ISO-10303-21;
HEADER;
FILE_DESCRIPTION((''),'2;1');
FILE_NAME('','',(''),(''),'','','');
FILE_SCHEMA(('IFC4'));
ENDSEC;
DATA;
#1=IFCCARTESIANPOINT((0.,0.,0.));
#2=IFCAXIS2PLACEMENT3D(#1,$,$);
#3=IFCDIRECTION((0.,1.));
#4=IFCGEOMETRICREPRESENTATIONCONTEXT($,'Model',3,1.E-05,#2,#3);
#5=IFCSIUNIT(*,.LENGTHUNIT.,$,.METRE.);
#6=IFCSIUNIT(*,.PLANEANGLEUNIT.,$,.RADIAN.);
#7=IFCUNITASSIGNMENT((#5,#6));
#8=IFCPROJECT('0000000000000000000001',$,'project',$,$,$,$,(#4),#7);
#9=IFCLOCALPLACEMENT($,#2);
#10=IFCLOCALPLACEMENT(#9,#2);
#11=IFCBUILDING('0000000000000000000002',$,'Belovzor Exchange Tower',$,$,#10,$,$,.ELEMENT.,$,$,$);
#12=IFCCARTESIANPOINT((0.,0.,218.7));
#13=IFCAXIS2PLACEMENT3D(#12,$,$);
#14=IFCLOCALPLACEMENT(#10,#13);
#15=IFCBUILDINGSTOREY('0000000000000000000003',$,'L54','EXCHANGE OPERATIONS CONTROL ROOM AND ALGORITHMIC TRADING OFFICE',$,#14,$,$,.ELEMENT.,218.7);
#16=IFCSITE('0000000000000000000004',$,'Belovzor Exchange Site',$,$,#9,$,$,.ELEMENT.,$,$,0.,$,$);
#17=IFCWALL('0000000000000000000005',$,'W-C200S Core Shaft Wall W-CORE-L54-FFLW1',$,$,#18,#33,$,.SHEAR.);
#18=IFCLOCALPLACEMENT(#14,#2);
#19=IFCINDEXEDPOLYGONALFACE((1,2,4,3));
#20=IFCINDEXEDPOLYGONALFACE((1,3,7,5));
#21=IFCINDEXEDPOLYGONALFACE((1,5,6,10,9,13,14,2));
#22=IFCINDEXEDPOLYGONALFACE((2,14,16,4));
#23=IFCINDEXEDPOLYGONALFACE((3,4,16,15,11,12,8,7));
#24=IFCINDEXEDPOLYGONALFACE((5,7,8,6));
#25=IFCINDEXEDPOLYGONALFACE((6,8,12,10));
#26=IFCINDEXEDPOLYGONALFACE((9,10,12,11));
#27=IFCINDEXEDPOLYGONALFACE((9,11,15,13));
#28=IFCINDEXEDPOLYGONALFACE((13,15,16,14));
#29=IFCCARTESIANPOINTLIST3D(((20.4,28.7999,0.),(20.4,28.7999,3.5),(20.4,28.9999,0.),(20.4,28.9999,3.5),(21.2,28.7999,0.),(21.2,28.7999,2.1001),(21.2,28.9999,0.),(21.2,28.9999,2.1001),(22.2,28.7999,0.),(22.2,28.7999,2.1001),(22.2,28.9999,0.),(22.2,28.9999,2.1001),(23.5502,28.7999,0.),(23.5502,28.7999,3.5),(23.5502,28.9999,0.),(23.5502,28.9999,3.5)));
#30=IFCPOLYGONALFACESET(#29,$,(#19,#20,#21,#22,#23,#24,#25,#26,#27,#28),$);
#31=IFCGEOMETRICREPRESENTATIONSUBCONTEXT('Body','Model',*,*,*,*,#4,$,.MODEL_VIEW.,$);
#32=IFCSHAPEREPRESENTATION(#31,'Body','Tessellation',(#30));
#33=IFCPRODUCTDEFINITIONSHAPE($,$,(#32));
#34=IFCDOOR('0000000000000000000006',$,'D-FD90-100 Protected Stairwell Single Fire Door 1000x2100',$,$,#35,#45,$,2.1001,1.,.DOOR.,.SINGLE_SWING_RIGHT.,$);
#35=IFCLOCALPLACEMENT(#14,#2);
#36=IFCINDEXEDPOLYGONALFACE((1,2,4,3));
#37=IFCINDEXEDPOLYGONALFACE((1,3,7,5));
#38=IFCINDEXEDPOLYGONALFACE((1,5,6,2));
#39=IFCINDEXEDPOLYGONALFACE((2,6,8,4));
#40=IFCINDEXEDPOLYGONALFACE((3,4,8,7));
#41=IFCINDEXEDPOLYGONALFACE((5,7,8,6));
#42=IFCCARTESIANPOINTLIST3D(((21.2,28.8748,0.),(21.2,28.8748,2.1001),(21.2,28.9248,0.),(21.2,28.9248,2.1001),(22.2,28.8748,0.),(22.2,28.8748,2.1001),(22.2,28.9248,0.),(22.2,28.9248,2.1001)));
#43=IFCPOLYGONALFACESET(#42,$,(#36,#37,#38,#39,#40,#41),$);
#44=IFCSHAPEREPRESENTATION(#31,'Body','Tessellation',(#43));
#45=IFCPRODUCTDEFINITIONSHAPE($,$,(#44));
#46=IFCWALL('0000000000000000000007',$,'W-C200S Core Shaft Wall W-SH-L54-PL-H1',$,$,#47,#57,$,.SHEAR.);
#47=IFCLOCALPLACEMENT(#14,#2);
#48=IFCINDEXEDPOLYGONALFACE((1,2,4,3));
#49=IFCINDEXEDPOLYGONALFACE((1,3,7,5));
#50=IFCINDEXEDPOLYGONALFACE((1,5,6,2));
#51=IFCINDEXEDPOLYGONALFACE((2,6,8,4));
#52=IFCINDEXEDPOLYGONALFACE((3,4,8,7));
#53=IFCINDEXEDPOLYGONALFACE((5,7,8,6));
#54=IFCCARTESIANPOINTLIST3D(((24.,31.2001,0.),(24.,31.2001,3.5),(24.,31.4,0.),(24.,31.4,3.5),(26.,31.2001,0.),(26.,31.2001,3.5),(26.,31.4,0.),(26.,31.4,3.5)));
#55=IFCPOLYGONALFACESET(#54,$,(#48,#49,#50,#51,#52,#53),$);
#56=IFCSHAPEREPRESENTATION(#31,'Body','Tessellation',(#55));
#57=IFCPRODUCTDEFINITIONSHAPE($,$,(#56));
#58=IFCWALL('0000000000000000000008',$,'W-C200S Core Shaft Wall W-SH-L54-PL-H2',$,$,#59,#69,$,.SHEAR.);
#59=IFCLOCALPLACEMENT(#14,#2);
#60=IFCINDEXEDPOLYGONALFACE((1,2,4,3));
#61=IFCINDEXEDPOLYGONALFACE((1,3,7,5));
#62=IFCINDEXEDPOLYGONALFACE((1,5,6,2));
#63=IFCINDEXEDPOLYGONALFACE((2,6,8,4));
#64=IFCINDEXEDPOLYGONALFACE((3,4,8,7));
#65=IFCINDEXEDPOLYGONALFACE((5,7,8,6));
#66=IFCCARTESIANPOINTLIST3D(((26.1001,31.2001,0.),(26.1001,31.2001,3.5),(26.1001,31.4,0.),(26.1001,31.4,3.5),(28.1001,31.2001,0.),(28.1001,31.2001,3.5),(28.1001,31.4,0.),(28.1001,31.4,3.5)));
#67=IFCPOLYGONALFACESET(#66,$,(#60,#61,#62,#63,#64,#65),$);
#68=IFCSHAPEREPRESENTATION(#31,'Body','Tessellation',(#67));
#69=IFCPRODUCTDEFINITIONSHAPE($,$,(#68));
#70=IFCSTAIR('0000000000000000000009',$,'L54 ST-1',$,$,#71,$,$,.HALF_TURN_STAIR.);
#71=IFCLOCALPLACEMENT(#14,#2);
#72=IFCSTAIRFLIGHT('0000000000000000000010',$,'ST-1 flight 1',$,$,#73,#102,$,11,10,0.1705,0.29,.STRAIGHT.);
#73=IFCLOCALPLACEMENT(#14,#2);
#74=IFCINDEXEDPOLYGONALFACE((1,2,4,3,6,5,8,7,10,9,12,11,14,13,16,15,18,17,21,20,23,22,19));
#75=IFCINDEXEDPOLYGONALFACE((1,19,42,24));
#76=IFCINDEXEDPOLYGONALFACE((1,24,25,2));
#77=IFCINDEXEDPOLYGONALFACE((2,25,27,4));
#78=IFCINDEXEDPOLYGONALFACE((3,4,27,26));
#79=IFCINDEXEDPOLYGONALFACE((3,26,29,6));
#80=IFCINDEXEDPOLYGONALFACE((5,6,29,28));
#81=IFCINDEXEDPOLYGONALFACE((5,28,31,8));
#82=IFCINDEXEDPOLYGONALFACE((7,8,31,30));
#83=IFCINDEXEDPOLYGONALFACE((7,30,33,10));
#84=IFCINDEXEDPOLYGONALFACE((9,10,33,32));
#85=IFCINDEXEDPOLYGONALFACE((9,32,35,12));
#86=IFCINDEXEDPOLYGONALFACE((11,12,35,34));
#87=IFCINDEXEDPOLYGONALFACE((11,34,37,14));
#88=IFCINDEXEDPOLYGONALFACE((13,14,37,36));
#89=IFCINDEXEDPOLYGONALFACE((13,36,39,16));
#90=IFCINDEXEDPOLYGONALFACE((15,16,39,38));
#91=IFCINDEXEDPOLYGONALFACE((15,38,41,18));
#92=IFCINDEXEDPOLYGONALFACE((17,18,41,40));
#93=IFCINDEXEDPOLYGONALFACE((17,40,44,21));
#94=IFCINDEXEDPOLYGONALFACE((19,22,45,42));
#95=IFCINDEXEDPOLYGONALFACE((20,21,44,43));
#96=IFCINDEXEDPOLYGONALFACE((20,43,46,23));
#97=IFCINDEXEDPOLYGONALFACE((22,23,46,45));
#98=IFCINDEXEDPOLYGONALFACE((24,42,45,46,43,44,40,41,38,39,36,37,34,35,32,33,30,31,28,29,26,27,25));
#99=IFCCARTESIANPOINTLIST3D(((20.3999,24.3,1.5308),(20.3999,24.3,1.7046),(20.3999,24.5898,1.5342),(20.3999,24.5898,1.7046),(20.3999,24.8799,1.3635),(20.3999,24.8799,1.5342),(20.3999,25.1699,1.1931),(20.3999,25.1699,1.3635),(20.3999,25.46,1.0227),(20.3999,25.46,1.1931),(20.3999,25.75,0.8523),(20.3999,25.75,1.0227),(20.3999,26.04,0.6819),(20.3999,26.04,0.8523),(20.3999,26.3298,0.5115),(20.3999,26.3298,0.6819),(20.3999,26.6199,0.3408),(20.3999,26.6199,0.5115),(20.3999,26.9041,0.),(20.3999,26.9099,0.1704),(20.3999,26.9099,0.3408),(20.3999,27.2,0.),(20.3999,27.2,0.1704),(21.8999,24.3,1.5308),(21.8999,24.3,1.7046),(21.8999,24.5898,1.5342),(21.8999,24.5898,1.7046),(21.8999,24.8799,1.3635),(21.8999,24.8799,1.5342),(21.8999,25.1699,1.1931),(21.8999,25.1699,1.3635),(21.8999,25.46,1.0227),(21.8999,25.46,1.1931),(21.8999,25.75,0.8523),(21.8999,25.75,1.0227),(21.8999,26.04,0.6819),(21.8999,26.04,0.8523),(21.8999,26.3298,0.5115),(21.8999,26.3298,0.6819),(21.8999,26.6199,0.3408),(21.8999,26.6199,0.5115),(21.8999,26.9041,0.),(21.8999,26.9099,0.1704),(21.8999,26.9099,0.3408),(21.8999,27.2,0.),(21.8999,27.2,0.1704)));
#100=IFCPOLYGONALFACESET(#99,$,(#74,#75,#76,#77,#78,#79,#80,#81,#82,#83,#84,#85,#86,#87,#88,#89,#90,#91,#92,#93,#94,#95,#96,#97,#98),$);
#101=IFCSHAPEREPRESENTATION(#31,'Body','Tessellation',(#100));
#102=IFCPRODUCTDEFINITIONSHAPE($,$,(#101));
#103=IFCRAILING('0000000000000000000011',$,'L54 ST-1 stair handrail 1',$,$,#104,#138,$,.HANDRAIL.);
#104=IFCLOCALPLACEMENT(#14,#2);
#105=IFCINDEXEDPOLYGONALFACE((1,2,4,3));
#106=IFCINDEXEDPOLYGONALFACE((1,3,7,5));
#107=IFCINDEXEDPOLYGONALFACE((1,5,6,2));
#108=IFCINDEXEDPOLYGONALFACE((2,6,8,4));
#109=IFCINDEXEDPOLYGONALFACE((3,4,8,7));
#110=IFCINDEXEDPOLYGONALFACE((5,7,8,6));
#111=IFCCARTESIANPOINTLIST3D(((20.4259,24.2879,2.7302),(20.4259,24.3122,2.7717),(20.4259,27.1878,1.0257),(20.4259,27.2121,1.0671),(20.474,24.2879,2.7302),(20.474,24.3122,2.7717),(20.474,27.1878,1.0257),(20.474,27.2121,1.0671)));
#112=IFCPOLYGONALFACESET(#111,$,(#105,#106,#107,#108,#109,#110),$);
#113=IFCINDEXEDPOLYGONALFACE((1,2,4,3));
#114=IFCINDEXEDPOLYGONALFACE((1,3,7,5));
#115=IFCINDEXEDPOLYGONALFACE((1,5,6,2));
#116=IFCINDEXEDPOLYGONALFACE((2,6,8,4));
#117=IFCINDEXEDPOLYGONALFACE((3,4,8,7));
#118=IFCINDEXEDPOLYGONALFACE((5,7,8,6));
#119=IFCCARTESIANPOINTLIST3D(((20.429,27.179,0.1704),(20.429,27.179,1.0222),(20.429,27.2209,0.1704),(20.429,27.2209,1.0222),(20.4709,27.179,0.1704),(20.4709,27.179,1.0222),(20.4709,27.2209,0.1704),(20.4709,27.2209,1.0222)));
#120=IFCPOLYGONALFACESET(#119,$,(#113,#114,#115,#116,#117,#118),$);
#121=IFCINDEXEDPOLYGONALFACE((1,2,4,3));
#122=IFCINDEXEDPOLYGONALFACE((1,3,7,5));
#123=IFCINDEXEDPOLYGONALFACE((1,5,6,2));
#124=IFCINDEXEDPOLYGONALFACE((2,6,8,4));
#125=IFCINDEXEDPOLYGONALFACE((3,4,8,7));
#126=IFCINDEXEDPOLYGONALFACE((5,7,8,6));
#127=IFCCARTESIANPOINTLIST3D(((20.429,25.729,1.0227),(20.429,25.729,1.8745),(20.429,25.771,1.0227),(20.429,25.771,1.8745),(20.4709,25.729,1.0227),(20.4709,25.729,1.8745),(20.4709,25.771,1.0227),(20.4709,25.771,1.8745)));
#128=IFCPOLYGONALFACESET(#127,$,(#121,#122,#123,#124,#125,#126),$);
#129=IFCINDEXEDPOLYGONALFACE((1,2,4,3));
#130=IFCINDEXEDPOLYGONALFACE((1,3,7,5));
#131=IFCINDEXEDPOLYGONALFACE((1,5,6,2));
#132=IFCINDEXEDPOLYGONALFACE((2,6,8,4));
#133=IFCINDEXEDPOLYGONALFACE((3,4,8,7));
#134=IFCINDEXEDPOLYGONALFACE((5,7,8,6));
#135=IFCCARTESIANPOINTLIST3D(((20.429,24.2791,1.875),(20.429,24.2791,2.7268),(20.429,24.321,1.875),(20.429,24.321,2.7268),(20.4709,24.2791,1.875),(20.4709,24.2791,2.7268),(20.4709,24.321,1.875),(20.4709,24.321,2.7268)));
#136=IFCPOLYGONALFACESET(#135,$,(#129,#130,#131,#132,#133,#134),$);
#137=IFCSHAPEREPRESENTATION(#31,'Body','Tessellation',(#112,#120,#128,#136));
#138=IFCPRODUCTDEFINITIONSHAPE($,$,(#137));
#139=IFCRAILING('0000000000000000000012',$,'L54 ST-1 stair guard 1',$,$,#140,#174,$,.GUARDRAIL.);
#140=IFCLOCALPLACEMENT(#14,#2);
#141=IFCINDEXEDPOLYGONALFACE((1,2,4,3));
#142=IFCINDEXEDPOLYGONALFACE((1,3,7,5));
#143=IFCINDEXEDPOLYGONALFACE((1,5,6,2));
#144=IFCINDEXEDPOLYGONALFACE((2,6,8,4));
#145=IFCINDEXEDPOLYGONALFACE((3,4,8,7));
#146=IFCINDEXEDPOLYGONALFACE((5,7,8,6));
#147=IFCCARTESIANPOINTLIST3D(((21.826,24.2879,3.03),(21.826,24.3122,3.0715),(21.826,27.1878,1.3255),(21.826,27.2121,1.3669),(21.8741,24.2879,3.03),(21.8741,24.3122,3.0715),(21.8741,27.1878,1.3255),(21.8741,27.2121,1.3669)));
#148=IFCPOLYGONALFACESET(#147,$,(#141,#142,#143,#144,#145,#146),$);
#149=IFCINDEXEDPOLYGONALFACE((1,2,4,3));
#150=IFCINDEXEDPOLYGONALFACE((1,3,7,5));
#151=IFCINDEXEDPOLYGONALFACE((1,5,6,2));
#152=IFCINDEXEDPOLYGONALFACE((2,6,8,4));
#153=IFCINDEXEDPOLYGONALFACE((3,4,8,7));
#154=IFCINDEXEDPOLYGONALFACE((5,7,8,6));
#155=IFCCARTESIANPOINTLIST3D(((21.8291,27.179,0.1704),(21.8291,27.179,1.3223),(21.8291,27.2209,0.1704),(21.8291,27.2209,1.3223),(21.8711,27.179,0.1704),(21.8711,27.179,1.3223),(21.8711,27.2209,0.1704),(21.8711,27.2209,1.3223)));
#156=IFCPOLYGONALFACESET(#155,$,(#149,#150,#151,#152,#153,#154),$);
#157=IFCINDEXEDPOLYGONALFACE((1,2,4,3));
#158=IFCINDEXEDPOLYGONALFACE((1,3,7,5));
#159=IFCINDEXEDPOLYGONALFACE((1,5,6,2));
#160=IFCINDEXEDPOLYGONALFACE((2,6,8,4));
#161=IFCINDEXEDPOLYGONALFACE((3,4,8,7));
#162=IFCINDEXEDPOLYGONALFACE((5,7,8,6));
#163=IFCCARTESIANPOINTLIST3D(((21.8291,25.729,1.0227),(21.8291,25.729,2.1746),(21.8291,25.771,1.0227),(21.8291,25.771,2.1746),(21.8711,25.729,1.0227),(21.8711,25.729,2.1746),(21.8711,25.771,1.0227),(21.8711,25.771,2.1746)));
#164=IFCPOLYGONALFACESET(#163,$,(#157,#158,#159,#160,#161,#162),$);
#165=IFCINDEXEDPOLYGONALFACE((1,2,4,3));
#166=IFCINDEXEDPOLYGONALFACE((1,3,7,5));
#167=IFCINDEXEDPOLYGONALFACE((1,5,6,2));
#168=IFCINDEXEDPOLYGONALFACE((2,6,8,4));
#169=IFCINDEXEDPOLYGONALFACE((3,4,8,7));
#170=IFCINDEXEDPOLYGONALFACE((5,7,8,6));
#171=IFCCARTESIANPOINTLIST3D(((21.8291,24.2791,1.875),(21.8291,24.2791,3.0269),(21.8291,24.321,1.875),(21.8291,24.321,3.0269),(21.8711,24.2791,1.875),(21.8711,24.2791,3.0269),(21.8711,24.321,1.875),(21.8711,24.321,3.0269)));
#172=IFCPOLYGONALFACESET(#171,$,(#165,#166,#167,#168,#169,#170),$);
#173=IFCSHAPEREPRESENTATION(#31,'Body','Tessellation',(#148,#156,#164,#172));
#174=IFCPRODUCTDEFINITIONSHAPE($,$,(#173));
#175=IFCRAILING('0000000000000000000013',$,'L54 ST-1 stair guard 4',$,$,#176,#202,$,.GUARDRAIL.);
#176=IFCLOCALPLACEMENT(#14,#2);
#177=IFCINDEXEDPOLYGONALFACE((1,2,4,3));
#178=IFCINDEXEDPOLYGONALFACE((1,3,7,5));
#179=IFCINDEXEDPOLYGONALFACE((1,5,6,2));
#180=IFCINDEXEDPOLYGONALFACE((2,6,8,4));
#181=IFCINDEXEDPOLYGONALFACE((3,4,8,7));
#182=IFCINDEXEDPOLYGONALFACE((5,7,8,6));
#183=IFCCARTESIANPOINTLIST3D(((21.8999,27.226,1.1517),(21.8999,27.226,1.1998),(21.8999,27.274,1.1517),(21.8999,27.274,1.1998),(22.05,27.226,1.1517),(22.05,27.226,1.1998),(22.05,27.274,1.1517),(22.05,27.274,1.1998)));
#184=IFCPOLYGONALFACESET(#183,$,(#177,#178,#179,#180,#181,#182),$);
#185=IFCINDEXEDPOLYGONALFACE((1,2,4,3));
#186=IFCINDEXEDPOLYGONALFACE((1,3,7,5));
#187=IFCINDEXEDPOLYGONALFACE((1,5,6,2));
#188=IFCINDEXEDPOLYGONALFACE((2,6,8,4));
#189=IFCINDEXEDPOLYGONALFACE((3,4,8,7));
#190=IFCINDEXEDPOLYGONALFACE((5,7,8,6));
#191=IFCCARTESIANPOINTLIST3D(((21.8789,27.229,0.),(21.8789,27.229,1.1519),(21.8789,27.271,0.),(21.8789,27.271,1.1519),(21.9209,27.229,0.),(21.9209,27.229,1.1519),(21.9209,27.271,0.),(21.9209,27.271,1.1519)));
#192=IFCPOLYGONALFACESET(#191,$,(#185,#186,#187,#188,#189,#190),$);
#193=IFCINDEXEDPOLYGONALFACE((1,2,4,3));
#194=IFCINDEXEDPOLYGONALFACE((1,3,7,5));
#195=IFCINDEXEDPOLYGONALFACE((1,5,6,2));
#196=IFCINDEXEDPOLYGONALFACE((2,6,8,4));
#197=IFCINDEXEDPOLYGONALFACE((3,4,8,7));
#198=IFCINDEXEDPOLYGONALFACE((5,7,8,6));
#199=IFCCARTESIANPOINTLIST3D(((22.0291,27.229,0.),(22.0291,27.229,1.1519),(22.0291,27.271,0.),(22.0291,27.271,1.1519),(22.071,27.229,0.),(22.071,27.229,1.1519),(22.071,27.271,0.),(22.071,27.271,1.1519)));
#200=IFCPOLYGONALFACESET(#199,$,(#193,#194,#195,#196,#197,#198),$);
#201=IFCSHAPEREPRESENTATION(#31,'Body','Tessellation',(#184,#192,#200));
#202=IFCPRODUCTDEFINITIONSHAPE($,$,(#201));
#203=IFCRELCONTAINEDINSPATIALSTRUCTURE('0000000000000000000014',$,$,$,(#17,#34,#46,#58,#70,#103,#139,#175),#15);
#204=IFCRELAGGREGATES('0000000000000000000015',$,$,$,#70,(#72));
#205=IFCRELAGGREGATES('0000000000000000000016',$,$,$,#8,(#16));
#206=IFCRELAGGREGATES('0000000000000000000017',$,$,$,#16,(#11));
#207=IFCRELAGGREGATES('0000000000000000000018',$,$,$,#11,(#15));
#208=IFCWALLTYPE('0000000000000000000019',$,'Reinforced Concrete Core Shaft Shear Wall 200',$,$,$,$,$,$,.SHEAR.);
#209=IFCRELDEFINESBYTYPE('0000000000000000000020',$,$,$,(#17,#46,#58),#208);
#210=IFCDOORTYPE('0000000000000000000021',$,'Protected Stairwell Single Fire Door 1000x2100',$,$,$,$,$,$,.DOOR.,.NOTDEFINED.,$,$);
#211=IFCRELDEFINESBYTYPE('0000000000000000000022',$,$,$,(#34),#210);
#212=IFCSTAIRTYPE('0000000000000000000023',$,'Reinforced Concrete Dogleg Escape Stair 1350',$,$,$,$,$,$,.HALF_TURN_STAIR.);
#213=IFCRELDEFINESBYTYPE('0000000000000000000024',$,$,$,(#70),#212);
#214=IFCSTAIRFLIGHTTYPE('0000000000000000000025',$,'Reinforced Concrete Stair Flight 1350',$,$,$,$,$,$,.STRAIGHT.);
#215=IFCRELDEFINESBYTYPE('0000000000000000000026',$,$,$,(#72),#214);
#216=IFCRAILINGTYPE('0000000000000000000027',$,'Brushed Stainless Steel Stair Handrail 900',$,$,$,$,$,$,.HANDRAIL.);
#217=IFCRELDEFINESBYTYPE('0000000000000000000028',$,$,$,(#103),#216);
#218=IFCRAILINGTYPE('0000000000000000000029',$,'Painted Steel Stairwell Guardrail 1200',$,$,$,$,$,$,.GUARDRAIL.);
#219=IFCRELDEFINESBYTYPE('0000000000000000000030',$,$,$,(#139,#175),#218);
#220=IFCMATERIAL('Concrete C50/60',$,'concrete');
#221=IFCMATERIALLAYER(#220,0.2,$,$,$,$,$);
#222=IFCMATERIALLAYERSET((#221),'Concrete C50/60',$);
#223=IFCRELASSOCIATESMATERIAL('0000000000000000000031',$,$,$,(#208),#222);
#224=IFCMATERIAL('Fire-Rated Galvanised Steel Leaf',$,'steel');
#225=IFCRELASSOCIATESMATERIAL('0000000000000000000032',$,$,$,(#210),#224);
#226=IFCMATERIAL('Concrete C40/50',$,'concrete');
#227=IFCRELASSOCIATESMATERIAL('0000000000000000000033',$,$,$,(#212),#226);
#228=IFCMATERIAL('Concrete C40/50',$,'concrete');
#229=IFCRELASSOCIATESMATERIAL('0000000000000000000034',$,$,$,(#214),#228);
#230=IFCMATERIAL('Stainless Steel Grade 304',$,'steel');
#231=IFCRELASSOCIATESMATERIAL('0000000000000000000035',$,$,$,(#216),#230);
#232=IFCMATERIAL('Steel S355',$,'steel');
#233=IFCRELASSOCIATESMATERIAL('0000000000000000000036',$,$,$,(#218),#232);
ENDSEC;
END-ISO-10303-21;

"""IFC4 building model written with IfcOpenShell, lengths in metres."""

from ifc_helpers import new_model, si_unit, direction, frame, frame_2d, origin, origin_2d, place, context, subcontext, project, spatial, polyline, rectangle, outline, extrude, material, layer, layer_set, type_object, element, fill, aggregate, save


model = new_model("IFC4")

# Units and contexts
model_context = context("Model", 3, precision=1e-05, world=origin(), true_north=direction((0.0, 1.0)))
body_context = subcontext(model_context, "Body", "Model", "MODEL_VIEW")
ifc_project = project(units=[si_unit("LENGTHUNIT", "METRE"), si_unit("PLANEANGLEUNIT", "RADIAN")], contexts=[model_context])

# Site, building, storey
site_placement = place(None, origin())
site = spatial("IfcSite", under=ifc_project, at=site_placement, Name="Belovzor Exchange Site", CompositionType="ELEMENT", RefElevation=0.0)
building_placement = place(site_placement, origin())
building = spatial("IfcBuilding", under=site, at=building_placement, Name="Belovzor Exchange Tower", CompositionType="ELEMENT")
storey_placement = place(building_placement, frame((0.0, 0.0, 218.7)))
storey = spatial("IfcBuildingStorey", under=building, at=storey_placement, Name="L54", Description="EXCHANGE OPERATIONS CONTROL ROOM AND ALGORITHMIC TRADING OFFICE", CompositionType="ELEMENT", Elevation=218.7)

# Wall, opening, door
ifc_material_1 = material(Name="Concrete C50/60", Category="concrete")
ifc_layer_1 = layer(ifc_material_1, 0.2)
ifc_layer_set_1 = layer_set([ifc_layer_1], Name="Concrete C50/60")
wall_type_1 = type_object("IfcWallType", Name="Reinforced Concrete Core Shaft Shear Wall 200", PredefinedType="SHEAR", material=ifc_layer_set_1)
wall_1_placement = place(storey_placement, frame((20.3999, 28.8999, 0.0), z_axis=(0.0, 0.0, 1.0), x_axis=(1.0, 0.0, 0.0)))
wall_1 = element("IfcWall", 1, at=wall_1_placement, inside=storey, type_object=wall_type_1, Name="W-C200S Core Shaft Wall W-CORE-L54-FFLW1", PredefinedType="SHEAR", context=body_context, shape_type="SweptSolid", body=[
    extrude(rectangle(XDim=3.1501, YDim=0.2, at=frame_2d((1.5752, 0.0))), origin(), (0.0, 0.0, 1.0), 3.5),
])
opening_1_placement = place(wall_1_placement, frame((0.8, 0.0, 0.0)))
opening_1 = element("IfcOpeningElement", 2, at=opening_1_placement, cuts=wall_1, PredefinedType="OPENING", context=body_context, shape_type="SweptSolid", body=[
    extrude(rectangle(XDim=1.0, YDim=2.1001, at=frame_2d((0.5, 1.05))), frame((0.0, 0.1099, 0.0), z_axis=(0.0, -1.0, 0.0), x_axis=(1.0, 0.0, 0.0)), (0.0, 0.0, 1.0), 0.22),
])
ifc_material_2 = material(Name="Fire-Rated Galvanised Steel Leaf", Category="steel")
door_type_1 = type_object("IfcDoorType", Name="Protected Stairwell Single Fire Door 1000x2100", OperationType="NOTDEFINED", PredefinedType="DOOR", material=ifc_material_2)
door_1_placement = place(opening_1_placement, origin())
door_1 = element("IfcDoor", 3, at=door_1_placement, inside=storey, type_object=door_type_1, Name="D-FD90-100 Protected Stairwell Single Fire Door 1000x2100", OperationType="SINGLE_SWING_RIGHT", OverallHeight=2.1001, OverallWidth=1.0, PredefinedType="DOOR", context=body_context, shape_type="SweptSolid", body=[
    extrude(rectangle(XDim=1.0, YDim=2.1001, at=frame_2d((0.5, 1.05))), frame((0.0, 0.0249, 0.0), z_axis=(0.0, -1.0, 0.0), x_axis=(1.0, 0.0, 0.0)), (0.0, 0.0, 1.0), 0.05),
])
fill(opening_1, door_1)

# Walls
for number, where, z_axis, x_axis, name in (
    (4, (24.0, 31.3, 0.0), (0.0, 0.0, 1.0), (1.0, 0.0, 0.0), "W-C200S Core Shaft Wall W-SH-L54-PL-H1"),
    (5, (26.1001, 31.3, 0.0), (0.0, 0.0, 1.0), (1.0, 0.0, 0.0), "W-C200S Core Shaft Wall W-SH-L54-PL-H2"),
):
    element("IfcWall", number, at=place(storey_placement, frame(where, z_axis=z_axis, x_axis=x_axis)), inside=storey, type_object=wall_type_1, Name=name, PredefinedType="SHEAR", context=body_context, shape_type="SweptSolid", body=[
        extrude(rectangle(XDim=2.0, YDim=0.2, at=frame_2d((1.0, 0.0))), origin(), (0.0, 0.0, 1.0), 3.5),
    ])

# Stair, stair flight
ifc_material_3 = material(Name="Concrete C40/50", Category="concrete")
stair_type = type_object("IfcStairType", Name="Reinforced Concrete Dogleg Escape Stair 1350", PredefinedType="HALF_TURN_STAIR", material=ifc_material_3)
stair_placement = place(storey_placement, origin())
stair = element("IfcStair", 6, at=stair_placement, inside=storey, type_object=stair_type, Name="L54 ST-1", PredefinedType="HALF_TURN_STAIR")
ifc_material_4 = material(Name="Concrete C40/50", Category="concrete")
stair_flight_type = type_object("IfcStairFlightType", Name="Reinforced Concrete Stair Flight 1350", PredefinedType="STRAIGHT", material=ifc_material_4)
stair_flight_placement = place(storey_placement, frame((21.1499, 27.2, 0.0), z_axis=(0.0, 0.0, 1.0), x_axis=(0.0, -1.0, 0.0)))
stair_flight = element("IfcStairFlight", 7, at=stair_flight_placement, type_object=stair_flight_type, Name="ST-1 flight 1", NumberOfRisers=11, NumberOfTreads=10, PredefinedType="STRAIGHT", RiserHeight=0.1705, TreadLength=0.29, context=body_context, shape_type="SweptSolid", body=[
    extrude(outline(polyline([(0.0, 0.0), (0.0, 0.1704), (0.29, 0.1704), (0.29, 0.3408), (0.5801, 0.3408), (0.5801, 0.5115), (0.8701, 0.5115), (0.8701, 0.6819), (1.1599, 0.6819), (1.1599, 0.8523), (1.45, 0.8523), (1.45, 1.0227), (1.74, 1.0227), (1.74, 1.1931), (2.03, 1.1931), (2.03, 1.3635), (2.3201, 1.3635), (2.3201, 1.5342), (2.6101, 1.5342), (2.6101, 1.7046), (2.8999, 1.7046), (2.8999, 1.875), (2.8999, 1.5308), (0.2959, 0.0), (0.0, 0.0)])), frame((0.0, 0.75, 0.0), z_axis=(0.0, -1.0, 0.0), x_axis=(1.0, 0.0, 0.0)), (0.0, 0.0, 1.0), 1.5),
])
aggregate(stair, [stair_flight])

# Railings
ifc_material_5 = material(Name="Stainless Steel Grade 304", Category="steel")
railing_type_1 = type_object("IfcRailingType", Name="Brushed Stainless Steel Stair Handrail 900", PredefinedType="HANDRAIL", material=ifc_material_5)
railing_1_placement = place(storey_placement, frame((20.45, 27.2, 0.1704)))
element("IfcRailing", 8, at=railing_1_placement, inside=storey, type_object=railing_type_1, Name="L54 ST-1 stair handrail 1", PredefinedType="HANDRAIL", context=body_context, shape_type="SweptSolid", body=[
    extrude(rectangle(XDim=0.0481, YDim=0.0481, at=origin_2d()), frame((0.0, 0.0, 0.876), z_axis=(0.0, -0.862095, 0.506747), x_axis=(1.0, 0.0, 0.0)), (0.0, 0.0, 1.0), 3.3638),
    extrude(rectangle(XDim=0.042, YDim=0.042, at=origin_2d()), origin(), (0.0, 0.0, 1.0), 0.8518),
    extrude(rectangle(XDim=0.042, YDim=0.042, at=origin_2d()), frame((0.0, -1.45, 0.8523)), (0.0, 0.0, 1.0), 0.8518),
    extrude(rectangle(XDim=0.042, YDim=0.042, at=origin_2d()), frame((0.0, -2.8999, 1.7046)), (0.0, 0.0, 1.0), 0.8518),
])
ifc_material_6 = material(Name="Steel S355", Category="steel")
railing_type_2 = type_object("IfcRailingType", Name="Painted Steel Stairwell Guardrail 1200", PredefinedType="GUARDRAIL", material=ifc_material_6)
railing_2_placement = place(storey_placement, frame((21.8501, 27.2, 0.1704)))
element("IfcRailing", 9, at=railing_2_placement, inside=storey, type_object=railing_type_2, Name="L54 ST-1 stair guard 1", PredefinedType="GUARDRAIL", context=body_context, shape_type="SweptSolid", body=[
    extrude(rectangle(XDim=0.0481, YDim=0.0481, at=origin_2d()), frame((0.0, 0.0, 1.1758), z_axis=(0.0, -0.862095, 0.506747), x_axis=(1.0, 0.0, 0.0)), (0.0, 0.0, 1.0), 3.3638),
    extrude(rectangle(XDim=0.042, YDim=0.042, at=origin_2d()), origin(), (0.0, 0.0, 1.0), 1.1519),
    extrude(rectangle(XDim=0.042, YDim=0.042, at=origin_2d()), frame((0.0, -1.45, 0.8523)), (0.0, 0.0, 1.0), 1.1519),
    extrude(rectangle(XDim=0.042, YDim=0.042, at=origin_2d()), frame((0.0, -2.8999, 1.7046)), (0.0, 0.0, 1.0), 1.1519),
])
railing_3_placement = place(storey_placement, frame((21.8999, 27.25, 0.0)))
element("IfcRailing", 10, at=railing_3_placement, inside=storey, type_object=railing_type_2, Name="L54 ST-1 stair guard 4", PredefinedType="GUARDRAIL", context=body_context, shape_type="SweptSolid", body=[
    extrude(rectangle(XDim=0.0481, YDim=0.0481, at=origin_2d()), frame((0.0, 0.0, 1.1758), z_axis=(1.0, 0.0, 0.0), x_axis=(0.0, 1.0, 0.0)), (0.0, 0.0, 1.0), 0.1501),
    extrude(rectangle(XDim=0.042, YDim=0.042, at=origin_2d()), origin(), (0.0, 0.0, 1.0), 1.1519),
    extrude(rectangle(XDim=0.042, YDim=0.042, at=origin_2d()), frame((0.1501, 0.0, 0.0)), (0.0, 0.0, 1.0), 1.1519),
])

save(model, "model.ifc")
